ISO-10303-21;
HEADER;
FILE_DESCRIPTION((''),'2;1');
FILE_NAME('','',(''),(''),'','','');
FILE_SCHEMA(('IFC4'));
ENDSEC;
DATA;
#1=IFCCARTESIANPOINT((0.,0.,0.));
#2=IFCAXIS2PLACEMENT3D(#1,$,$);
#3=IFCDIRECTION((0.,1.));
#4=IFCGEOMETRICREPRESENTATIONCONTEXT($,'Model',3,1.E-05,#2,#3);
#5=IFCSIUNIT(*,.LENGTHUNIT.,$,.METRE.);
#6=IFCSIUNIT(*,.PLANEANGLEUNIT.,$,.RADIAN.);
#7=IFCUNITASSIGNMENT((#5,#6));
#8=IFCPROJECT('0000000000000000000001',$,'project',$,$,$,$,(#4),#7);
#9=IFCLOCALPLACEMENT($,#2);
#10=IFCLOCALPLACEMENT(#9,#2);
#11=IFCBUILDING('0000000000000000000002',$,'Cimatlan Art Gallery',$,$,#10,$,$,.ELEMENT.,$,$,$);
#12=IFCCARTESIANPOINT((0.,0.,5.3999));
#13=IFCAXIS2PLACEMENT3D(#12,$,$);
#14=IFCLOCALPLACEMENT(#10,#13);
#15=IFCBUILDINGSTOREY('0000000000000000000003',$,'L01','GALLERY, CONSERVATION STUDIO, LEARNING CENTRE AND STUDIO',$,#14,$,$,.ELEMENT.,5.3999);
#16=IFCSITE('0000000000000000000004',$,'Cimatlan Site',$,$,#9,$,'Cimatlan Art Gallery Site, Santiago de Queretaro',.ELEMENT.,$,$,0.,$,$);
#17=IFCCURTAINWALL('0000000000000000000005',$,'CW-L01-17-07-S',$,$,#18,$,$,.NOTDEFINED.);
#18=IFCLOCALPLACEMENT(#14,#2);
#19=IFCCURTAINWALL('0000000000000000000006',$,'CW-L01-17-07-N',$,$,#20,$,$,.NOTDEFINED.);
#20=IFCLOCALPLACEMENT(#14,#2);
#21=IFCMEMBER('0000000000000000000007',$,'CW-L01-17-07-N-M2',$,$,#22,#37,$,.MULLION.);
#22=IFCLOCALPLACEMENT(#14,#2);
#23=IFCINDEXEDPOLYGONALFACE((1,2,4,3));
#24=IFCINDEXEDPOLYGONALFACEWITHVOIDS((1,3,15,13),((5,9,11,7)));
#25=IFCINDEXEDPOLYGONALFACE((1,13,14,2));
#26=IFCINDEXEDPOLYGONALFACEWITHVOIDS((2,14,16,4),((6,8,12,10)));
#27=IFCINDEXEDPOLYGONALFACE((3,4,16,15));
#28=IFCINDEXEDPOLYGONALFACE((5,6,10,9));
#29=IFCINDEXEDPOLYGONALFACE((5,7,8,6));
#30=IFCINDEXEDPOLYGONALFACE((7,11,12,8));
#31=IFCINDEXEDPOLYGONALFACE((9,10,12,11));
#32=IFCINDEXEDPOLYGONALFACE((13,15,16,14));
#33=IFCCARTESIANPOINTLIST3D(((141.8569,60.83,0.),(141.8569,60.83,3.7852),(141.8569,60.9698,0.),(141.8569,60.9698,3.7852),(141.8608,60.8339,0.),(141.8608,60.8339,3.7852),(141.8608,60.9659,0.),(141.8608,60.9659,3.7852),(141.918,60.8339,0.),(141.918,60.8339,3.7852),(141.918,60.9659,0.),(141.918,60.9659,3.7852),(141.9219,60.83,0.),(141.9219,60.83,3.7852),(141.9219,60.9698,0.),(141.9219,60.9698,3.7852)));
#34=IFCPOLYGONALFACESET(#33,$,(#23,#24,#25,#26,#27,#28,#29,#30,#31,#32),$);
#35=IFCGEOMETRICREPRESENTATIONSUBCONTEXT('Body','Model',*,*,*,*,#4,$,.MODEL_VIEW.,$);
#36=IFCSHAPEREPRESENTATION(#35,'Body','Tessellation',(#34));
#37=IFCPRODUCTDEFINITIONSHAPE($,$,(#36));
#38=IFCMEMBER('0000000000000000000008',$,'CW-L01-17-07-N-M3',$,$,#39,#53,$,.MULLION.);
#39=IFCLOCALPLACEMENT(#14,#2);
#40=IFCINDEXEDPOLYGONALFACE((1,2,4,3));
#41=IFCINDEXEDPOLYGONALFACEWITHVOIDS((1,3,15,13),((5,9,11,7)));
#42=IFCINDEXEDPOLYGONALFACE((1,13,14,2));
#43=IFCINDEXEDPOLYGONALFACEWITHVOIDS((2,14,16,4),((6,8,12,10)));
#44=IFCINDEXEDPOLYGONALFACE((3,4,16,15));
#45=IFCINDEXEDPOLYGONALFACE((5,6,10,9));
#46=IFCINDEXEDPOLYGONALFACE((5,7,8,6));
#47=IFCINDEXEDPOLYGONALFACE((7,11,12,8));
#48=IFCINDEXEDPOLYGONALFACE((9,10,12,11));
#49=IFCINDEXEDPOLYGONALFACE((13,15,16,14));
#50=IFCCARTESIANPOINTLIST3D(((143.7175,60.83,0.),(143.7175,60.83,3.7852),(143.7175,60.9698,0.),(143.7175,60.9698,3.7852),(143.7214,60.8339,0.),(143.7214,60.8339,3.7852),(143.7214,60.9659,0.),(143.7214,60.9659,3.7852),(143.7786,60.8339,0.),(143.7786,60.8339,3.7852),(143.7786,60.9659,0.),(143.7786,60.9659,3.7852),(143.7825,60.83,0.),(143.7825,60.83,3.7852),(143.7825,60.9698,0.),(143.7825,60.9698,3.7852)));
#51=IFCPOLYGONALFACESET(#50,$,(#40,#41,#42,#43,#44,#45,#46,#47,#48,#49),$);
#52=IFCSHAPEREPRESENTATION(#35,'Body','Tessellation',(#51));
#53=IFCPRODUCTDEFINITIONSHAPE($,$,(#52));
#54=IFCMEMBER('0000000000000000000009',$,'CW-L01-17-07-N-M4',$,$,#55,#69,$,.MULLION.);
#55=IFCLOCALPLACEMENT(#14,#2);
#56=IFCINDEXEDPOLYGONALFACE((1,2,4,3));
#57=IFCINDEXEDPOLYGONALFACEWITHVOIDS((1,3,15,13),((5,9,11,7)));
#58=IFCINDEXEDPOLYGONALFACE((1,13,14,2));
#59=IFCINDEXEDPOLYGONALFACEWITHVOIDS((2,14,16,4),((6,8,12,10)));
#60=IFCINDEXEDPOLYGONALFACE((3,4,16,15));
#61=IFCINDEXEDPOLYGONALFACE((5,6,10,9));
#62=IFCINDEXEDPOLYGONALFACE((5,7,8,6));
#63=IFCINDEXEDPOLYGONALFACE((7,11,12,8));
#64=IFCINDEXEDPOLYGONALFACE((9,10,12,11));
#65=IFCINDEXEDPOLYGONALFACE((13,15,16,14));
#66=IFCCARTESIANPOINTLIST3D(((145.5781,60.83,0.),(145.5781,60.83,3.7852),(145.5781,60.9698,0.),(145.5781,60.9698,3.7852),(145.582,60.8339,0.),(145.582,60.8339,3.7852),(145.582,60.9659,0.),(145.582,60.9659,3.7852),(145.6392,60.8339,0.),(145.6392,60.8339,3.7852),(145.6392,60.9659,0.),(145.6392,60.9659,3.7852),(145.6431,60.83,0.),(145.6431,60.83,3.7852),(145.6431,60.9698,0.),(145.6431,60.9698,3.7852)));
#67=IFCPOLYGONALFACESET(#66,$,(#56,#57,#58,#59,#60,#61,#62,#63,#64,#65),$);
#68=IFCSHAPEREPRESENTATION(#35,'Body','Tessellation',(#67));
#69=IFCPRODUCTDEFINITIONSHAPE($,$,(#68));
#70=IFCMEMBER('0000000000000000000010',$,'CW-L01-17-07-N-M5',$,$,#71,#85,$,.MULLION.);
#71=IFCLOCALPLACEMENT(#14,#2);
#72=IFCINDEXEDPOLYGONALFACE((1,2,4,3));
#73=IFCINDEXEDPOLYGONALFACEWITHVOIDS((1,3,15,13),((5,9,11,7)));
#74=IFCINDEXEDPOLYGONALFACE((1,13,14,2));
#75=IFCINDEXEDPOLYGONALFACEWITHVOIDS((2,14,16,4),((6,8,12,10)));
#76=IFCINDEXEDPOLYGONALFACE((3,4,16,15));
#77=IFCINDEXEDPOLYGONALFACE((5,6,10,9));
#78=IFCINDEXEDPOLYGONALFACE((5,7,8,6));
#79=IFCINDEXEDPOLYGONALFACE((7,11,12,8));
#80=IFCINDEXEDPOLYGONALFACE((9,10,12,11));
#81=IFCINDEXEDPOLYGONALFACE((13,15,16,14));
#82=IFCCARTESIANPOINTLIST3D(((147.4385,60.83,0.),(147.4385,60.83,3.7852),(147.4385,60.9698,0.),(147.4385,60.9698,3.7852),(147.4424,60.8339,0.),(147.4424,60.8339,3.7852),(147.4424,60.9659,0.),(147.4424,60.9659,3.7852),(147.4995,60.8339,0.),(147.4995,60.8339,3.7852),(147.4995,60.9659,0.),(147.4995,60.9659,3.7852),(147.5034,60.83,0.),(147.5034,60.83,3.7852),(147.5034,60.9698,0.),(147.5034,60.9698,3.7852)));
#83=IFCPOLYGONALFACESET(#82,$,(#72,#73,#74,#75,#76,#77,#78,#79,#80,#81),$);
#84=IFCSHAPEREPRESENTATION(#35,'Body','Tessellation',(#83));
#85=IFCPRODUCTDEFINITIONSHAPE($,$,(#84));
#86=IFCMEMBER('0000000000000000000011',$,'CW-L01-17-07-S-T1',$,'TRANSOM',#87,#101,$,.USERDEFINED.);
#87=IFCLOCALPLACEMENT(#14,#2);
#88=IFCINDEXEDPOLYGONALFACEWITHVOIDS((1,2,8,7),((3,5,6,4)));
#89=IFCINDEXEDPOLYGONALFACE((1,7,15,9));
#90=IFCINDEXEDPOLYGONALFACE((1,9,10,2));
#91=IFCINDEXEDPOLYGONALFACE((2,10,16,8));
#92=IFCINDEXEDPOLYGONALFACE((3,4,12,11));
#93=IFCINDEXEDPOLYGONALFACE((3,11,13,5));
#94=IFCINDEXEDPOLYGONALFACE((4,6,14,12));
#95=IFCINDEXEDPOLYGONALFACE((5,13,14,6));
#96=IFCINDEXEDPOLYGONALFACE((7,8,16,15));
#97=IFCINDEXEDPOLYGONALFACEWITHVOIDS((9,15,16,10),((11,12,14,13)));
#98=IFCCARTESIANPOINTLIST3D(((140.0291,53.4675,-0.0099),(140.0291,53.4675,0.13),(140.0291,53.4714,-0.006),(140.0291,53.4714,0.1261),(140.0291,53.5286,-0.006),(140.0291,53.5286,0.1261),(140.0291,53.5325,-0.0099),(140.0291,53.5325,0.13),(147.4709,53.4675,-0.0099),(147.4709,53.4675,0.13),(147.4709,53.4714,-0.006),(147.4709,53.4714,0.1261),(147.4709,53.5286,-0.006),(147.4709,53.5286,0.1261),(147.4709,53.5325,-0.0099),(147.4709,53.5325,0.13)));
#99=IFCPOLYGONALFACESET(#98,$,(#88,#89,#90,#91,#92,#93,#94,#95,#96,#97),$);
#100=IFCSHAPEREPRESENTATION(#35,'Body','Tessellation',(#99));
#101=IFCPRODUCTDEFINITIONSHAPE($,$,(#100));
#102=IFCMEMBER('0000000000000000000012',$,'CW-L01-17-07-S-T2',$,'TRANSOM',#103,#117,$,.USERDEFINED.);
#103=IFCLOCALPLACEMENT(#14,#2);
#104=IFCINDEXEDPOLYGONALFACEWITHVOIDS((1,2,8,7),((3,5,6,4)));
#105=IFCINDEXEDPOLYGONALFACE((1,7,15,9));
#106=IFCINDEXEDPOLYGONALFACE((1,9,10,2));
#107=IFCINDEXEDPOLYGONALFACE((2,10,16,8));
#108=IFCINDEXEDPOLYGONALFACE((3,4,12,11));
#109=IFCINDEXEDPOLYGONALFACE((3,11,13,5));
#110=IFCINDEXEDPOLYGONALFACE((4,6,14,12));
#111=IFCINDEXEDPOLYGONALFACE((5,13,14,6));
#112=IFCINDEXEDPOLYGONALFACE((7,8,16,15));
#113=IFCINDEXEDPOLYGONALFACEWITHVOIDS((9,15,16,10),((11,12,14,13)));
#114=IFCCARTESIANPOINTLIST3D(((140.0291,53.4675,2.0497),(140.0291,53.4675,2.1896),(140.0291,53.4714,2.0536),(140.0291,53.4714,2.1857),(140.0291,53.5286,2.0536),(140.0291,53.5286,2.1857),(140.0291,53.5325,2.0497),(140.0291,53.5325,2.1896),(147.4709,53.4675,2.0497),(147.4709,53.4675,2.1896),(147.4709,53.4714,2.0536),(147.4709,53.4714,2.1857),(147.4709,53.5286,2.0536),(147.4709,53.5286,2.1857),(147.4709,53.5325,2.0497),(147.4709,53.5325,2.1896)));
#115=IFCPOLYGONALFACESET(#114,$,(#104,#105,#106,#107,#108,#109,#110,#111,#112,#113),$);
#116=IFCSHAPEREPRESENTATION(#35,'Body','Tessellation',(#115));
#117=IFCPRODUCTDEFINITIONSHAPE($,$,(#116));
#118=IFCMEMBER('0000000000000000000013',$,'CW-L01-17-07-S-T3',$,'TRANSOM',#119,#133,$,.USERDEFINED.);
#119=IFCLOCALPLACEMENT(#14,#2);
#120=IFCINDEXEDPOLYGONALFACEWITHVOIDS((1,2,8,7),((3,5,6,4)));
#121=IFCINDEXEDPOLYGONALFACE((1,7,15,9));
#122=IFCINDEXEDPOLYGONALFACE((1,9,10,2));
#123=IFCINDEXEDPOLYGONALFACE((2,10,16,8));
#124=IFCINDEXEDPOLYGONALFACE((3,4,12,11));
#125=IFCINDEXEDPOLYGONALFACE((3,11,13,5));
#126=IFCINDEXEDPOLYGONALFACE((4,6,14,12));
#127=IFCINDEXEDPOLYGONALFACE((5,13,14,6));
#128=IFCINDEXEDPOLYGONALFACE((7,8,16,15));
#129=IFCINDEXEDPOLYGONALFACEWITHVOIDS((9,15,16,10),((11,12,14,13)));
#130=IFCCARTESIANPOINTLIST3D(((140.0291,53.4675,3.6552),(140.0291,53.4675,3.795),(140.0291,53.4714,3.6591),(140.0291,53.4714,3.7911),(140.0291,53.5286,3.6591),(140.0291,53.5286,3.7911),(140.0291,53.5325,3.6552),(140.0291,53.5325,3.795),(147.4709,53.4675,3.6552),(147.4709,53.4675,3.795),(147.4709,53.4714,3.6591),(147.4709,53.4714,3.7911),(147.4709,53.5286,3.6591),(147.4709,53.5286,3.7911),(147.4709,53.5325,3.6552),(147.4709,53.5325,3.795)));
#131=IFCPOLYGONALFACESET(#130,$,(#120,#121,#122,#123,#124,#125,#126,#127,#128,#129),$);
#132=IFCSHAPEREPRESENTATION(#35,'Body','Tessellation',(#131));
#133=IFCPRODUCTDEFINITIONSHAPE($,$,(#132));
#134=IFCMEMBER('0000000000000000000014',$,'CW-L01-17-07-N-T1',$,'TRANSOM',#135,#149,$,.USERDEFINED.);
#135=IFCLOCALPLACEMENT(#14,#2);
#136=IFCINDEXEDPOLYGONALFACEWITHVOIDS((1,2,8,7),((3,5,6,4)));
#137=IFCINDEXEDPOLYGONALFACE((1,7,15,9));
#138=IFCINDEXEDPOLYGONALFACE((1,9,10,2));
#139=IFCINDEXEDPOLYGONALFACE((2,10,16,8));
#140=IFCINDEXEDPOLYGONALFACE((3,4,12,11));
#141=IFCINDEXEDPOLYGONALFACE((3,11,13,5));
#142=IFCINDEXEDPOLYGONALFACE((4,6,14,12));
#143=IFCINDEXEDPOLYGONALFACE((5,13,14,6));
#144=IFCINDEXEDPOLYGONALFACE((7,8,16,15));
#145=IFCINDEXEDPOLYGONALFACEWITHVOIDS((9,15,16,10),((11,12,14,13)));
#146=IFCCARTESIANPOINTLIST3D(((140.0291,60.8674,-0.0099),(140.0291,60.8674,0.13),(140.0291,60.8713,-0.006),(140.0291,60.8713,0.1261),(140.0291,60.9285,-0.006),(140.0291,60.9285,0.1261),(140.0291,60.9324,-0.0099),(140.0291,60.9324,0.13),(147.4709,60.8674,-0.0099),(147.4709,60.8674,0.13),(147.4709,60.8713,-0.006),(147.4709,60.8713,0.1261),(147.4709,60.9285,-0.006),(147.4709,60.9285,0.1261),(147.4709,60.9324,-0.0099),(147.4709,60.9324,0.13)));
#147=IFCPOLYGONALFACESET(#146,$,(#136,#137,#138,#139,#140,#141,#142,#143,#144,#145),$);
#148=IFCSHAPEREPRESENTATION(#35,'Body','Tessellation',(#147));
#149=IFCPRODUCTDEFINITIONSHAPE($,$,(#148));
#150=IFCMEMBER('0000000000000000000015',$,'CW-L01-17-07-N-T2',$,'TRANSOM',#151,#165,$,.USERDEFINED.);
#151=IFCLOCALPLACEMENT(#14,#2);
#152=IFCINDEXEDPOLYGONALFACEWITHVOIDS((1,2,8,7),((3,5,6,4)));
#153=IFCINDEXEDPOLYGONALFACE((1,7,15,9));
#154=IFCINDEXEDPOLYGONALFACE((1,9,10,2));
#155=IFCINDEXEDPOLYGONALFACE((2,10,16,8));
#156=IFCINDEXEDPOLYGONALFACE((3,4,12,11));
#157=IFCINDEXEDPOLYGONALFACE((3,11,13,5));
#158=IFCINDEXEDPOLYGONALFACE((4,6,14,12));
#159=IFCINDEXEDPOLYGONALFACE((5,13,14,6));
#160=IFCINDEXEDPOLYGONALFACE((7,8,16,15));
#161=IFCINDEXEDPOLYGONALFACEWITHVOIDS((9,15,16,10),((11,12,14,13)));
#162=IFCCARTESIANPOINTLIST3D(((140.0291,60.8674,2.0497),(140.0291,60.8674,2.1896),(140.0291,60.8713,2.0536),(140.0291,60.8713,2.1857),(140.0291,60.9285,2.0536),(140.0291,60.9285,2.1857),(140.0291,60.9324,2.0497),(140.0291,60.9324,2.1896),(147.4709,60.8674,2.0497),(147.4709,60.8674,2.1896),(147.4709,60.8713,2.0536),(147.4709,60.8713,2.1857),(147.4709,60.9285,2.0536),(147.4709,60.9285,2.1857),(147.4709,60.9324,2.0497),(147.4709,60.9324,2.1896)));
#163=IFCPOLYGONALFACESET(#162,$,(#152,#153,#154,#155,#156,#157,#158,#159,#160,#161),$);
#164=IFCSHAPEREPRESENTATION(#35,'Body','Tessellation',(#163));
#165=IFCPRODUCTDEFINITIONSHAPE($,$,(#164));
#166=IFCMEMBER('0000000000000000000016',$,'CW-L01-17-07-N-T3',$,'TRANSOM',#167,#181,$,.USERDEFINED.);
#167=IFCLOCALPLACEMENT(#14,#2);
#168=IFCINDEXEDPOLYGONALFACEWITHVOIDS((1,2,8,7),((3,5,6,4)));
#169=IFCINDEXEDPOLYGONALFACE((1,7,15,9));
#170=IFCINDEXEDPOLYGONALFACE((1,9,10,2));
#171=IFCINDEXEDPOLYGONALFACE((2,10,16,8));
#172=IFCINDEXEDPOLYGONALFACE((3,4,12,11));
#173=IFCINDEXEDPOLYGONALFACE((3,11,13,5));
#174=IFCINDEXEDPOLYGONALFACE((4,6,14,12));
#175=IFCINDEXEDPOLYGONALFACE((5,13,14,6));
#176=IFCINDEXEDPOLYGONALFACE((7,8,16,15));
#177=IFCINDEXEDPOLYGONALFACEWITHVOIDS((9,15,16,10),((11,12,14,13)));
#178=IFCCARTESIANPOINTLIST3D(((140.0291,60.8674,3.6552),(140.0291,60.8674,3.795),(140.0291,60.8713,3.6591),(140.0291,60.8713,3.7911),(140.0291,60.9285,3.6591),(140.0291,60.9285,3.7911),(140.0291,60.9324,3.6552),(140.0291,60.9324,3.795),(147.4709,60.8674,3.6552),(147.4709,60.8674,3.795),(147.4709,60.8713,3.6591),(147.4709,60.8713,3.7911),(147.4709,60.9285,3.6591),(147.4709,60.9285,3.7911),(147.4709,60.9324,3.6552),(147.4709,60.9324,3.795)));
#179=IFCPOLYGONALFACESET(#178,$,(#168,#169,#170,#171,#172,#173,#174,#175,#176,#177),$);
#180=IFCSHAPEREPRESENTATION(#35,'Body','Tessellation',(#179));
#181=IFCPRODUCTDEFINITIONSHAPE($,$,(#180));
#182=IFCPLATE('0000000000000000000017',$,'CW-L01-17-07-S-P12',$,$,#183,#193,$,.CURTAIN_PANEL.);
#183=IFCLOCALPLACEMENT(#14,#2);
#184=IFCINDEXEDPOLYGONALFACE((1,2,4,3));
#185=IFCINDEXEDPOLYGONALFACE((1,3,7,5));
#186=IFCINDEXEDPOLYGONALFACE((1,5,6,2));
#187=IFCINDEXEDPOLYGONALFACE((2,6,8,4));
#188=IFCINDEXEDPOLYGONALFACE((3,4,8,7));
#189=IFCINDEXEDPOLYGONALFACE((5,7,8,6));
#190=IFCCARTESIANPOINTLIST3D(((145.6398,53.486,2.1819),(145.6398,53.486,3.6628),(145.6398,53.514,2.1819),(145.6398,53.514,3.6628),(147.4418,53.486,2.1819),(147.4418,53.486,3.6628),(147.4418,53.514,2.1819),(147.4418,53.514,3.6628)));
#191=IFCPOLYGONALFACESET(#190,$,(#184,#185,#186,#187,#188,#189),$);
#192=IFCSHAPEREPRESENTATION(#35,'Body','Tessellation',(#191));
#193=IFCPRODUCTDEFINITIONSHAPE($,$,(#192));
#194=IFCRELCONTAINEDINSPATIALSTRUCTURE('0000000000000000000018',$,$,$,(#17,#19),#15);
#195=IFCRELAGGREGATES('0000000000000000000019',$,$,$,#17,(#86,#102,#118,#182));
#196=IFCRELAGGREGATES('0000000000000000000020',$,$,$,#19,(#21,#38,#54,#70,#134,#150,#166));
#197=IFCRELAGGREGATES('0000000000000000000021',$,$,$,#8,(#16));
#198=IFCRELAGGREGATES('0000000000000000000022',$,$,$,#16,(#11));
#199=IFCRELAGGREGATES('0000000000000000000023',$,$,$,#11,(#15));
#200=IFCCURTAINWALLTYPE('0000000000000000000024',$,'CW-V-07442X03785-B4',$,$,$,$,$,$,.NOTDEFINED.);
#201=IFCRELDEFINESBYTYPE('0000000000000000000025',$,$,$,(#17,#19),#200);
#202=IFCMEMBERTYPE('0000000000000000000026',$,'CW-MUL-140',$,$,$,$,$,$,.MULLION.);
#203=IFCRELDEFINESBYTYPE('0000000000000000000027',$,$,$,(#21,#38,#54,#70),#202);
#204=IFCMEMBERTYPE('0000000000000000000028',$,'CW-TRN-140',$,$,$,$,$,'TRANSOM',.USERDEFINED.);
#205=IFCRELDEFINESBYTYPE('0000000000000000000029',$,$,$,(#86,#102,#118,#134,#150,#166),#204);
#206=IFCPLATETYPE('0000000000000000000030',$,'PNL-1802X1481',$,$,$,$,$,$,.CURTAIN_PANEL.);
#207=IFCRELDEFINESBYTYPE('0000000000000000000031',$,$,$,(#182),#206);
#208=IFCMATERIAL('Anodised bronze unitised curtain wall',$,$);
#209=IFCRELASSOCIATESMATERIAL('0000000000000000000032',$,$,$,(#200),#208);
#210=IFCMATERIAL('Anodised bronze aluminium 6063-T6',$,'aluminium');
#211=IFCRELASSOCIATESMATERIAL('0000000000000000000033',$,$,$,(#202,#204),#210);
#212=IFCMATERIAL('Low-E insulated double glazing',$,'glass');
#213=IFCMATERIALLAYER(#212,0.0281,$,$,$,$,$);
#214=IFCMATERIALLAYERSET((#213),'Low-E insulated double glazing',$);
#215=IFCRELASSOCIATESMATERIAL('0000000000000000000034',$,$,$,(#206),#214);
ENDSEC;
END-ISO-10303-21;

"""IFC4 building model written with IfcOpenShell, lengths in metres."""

from ifc_helpers import new_model, si_unit, direction, frame, origin, origin_2d, place, context, subcontext, project, spatial, rectangle, hollow_rectangle, extrude, material, layer, layer_set, material_profile, profile_set, type_object, element, aggregate, save


model = new_model("IFC4")

# Units and contexts
model_context = context("Model", 3, precision=1e-05, world=origin(), true_north=direction((0.0, 1.0)))
body_context = subcontext(model_context, "Body", "Model", "MODEL_VIEW")
ifc_project = project(units=[si_unit("LENGTHUNIT", "METRE"), si_unit("PLANEANGLEUNIT", "RADIAN")], contexts=[model_context])

# Site, building, storey
site_placement = place(None, origin())
site = spatial("IfcSite", under=ifc_project, at=site_placement, Name="Cimatlan Site", LongName="Cimatlan Art Gallery Site, Santiago de Queretaro", CompositionType="ELEMENT", RefElevation=0.0)
building_placement = place(site_placement, origin())
building = spatial("IfcBuilding", under=site, at=building_placement, Name="Cimatlan Art Gallery", CompositionType="ELEMENT")
storey_placement = place(building_placement, frame((0.0, 0.0, 5.3999)))
storey = spatial("IfcBuildingStorey", under=building, at=storey_placement, Name="L01", Description="GALLERY, CONSERVATION STUDIO, LEARNING CENTRE AND STUDIO", CompositionType="ELEMENT", Elevation=5.3999)

# Curtain walls, members
ifc_material_1 = material(Name="Anodised bronze unitised curtain wall")
curtain_wall_type = type_object("IfcCurtainWallType", Name="CW-V-07442X03785-B4", PredefinedType="NOTDEFINED", material=ifc_material_1)
curtain_wall_1_placement = place(storey_placement, origin())
curtain_wall_1 = element("IfcCurtainWall", 1, at=curtain_wall_1_placement, inside=storey, type_object=curtain_wall_type, Name="CW-L01-17-07-S", PredefinedType="NOTDEFINED")
ifc_material_2 = material(Name="Anodised bronze aluminium 6063-T6", Category="aluminium")
ifc_material_profile_1 = material_profile(ifc_material_2, hollow_rectangle(XDim=0.0649, YDim=0.1399, WallThickness=0.0039, at=origin_2d()), Name="ALU65X140X4")
ifc_profile_set_1 = profile_set([ifc_material_profile_1], Name="Anodised bronze aluminium 6063-T6")
member_type_1 = type_object("IfcMemberType", Name="CW-MUL-140", PredefinedType="MULLION", material=ifc_profile_set_1)
curtain_wall_2_placement = place(storey_placement, origin())
curtain_wall_2 = element("IfcCurtainWall", 2, at=curtain_wall_2_placement, inside=storey, type_object=curtain_wall_type, Name="CW-L01-17-07-N", PredefinedType="NOTDEFINED")
member_1_placement = place(storey_placement, frame((141.8894, 60.8999, 0.0), z_axis=(0.0, 0.0, 1.0), x_axis=(1.0, 0.0, 0.0)))
member_1 = element("IfcMember", 3, at=member_1_placement, type_object=member_type_1, Name="CW-L01-17-07-N-M2", PredefinedType="MULLION", context=body_context, shape_type="SweptSolid", body=[
    extrude(hollow_rectangle(XDim=0.0649, YDim=0.1399, WallThickness=0.0039, at=origin_2d()), origin(), (0.0, 0.0, 1.0), 3.7852),
])
member_2_placement = place(storey_placement, frame((143.75, 60.8999, 0.0), z_axis=(0.0, 0.0, 1.0), x_axis=(1.0, 0.0, 0.0)))
member_2 = element("IfcMember", 4, at=member_2_placement, type_object=member_type_1, Name="CW-L01-17-07-N-M3", PredefinedType="MULLION", context=body_context, shape_type="SweptSolid", body=[
    extrude(hollow_rectangle(XDim=0.0649, YDim=0.1399, WallThickness=0.0039, at=origin_2d()), origin(), (0.0, 0.0, 1.0), 3.7852),
])
member_3_placement = place(storey_placement, frame((145.6106, 60.8999, 0.0), z_axis=(0.0, 0.0, 1.0), x_axis=(1.0, 0.0, 0.0)))
member_3 = element("IfcMember", 5, at=member_3_placement, type_object=member_type_1, Name="CW-L01-17-07-N-M4", PredefinedType="MULLION", context=body_context, shape_type="SweptSolid", body=[
    extrude(hollow_rectangle(XDim=0.0649, YDim=0.1399, WallThickness=0.0039, at=origin_2d()), origin(), (0.0, 0.0, 1.0), 3.7852),
])
member_4_placement = place(storey_placement, frame((147.4709, 60.8999, 0.0), z_axis=(0.0, 0.0, 1.0), x_axis=(1.0, 0.0, 0.0)))
member_4 = element("IfcMember", 6, at=member_4_placement, type_object=member_type_1, Name="CW-L01-17-07-N-M5", PredefinedType="MULLION", context=body_context, shape_type="SweptSolid", body=[
    extrude(hollow_rectangle(XDim=0.0649, YDim=0.1399, WallThickness=0.0039, at=origin_2d()), origin(), (0.0, 0.0, 1.0), 3.7852),
])

# Members
ifc_material_profile_2 = material_profile(ifc_material_2, hollow_rectangle(XDim=0.0649, YDim=0.1399, WallThickness=0.0039, at=origin_2d()), Name="ALU65X140X4")
ifc_profile_set_2 = profile_set([ifc_material_profile_2], Name="Anodised bronze aluminium 6063-T6")
member_type_2 = type_object("IfcMemberType", Name="CW-TRN-140", ElementType="TRANSOM", PredefinedType="USERDEFINED", material=ifc_profile_set_2)
member_5_placement = place(storey_placement, frame((147.4709, 53.5, 0.0601), z_axis=(-1.0, 0.0, 0.0), x_axis=(0.0, -1.0, 0.0)))
member_5 = element("IfcMember", 7, at=member_5_placement, type_object=member_type_2, Name="CW-L01-17-07-S-T1", ObjectType="TRANSOM", PredefinedType="USERDEFINED", context=body_context, shape_type="SweptSolid", body=[
    extrude(hollow_rectangle(XDim=0.0649, YDim=0.1399, WallThickness=0.0039, at=origin_2d()), origin(), (0.0, 0.0, 1.0), 7.4419),
])
member_6_placement = place(storey_placement, frame((147.4709, 53.5, 2.1196), z_axis=(-1.0, 0.0, 0.0), x_axis=(0.0, -1.0, 0.0)))
member_6 = element("IfcMember", 8, at=member_6_placement, type_object=member_type_2, Name="CW-L01-17-07-S-T2", ObjectType="TRANSOM", PredefinedType="USERDEFINED", context=body_context, shape_type="SweptSolid", body=[
    extrude(hollow_rectangle(XDim=0.0649, YDim=0.1399, WallThickness=0.0039, at=origin_2d()), origin(), (0.0, 0.0, 1.0), 7.4419),
])
member_7_placement = place(storey_placement, frame((147.4709, 53.5, 3.7251), z_axis=(-1.0, 0.0, 0.0), x_axis=(0.0, -1.0, 0.0)))
member_7 = element("IfcMember", 9, at=member_7_placement, type_object=member_type_2, Name="CW-L01-17-07-S-T3", ObjectType="TRANSOM", PredefinedType="USERDEFINED", context=body_context, shape_type="SweptSolid", body=[
    extrude(hollow_rectangle(XDim=0.0649, YDim=0.1399, WallThickness=0.0039, at=origin_2d()), origin(), (0.0, 0.0, 1.0), 7.4419),
])
member_8_placement = place(storey_placement, frame((140.0291, 60.8999, 0.0601), z_axis=(1.0, 0.0, 0.0), x_axis=(0.0, 1.0, 0.0)))
member_8 = element("IfcMember", 10, at=member_8_placement, type_object=member_type_2, Name="CW-L01-17-07-N-T1", ObjectType="TRANSOM", PredefinedType="USERDEFINED", context=body_context, shape_type="SweptSolid", body=[
    extrude(hollow_rectangle(XDim=0.0649, YDim=0.1399, WallThickness=0.0039, at=origin_2d()), origin(), (0.0, 0.0, 1.0), 7.4419),
])
member_9_placement = place(storey_placement, frame((140.0291, 60.8999, 2.1196), z_axis=(1.0, 0.0, 0.0), x_axis=(0.0, 1.0, 0.0)))
member_9 = element("IfcMember", 11, at=member_9_placement, type_object=member_type_2, Name="CW-L01-17-07-N-T2", ObjectType="TRANSOM", PredefinedType="USERDEFINED", context=body_context, shape_type="SweptSolid", body=[
    extrude(hollow_rectangle(XDim=0.0649, YDim=0.1399, WallThickness=0.0039, at=origin_2d()), origin(), (0.0, 0.0, 1.0), 7.4419),
])
member_10_placement = place(storey_placement, frame((140.0291, 60.8999, 3.7251), z_axis=(1.0, 0.0, 0.0), x_axis=(0.0, 1.0, 0.0)))
member_10 = element("IfcMember", 12, at=member_10_placement, type_object=member_type_2, Name="CW-L01-17-07-N-T3", ObjectType="TRANSOM", PredefinedType="USERDEFINED", context=body_context, shape_type="SweptSolid", body=[
    extrude(hollow_rectangle(XDim=0.0649, YDim=0.1399, WallThickness=0.0039, at=origin_2d()), origin(), (0.0, 0.0, 1.0), 7.4419),
])

# Plate
ifc_material_3 = material(Name="Low-E insulated double glazing", Category="glass")
ifc_layer_1 = layer(ifc_material_3, 0.0281)
ifc_layer_set_1 = layer_set([ifc_layer_1], Name="Low-E insulated double glazing")
plate_type_1 = type_object("IfcPlateType", Name="PNL-1802X1481", PredefinedType="CURTAIN_PANEL", material=ifc_layer_set_1)
plate_1_placement = place(storey_placement, frame((146.5408, 53.5, 2.1819), z_axis=(0.0, 0.0, 1.0), x_axis=(-1.0, 0.0, 0.0)))
plate_1 = element("IfcPlate", 13, at=plate_1_placement, type_object=plate_type_1, Name="CW-L01-17-07-S-P12", PredefinedType="CURTAIN_PANEL", context=body_context, shape_type="SweptSolid", body=[
    extrude(rectangle(XDim=1.802, YDim=0.0281, at=origin_2d()), origin(), (0.0, 0.0, 1.0), 1.481),
])
aggregate(curtain_wall_1, [member_5, member_6, member_7, plate_1])
aggregate(curtain_wall_2, [member_1, member_2, member_3, member_4, member_8, member_9, member_10])

save(model, "model.ifc")
